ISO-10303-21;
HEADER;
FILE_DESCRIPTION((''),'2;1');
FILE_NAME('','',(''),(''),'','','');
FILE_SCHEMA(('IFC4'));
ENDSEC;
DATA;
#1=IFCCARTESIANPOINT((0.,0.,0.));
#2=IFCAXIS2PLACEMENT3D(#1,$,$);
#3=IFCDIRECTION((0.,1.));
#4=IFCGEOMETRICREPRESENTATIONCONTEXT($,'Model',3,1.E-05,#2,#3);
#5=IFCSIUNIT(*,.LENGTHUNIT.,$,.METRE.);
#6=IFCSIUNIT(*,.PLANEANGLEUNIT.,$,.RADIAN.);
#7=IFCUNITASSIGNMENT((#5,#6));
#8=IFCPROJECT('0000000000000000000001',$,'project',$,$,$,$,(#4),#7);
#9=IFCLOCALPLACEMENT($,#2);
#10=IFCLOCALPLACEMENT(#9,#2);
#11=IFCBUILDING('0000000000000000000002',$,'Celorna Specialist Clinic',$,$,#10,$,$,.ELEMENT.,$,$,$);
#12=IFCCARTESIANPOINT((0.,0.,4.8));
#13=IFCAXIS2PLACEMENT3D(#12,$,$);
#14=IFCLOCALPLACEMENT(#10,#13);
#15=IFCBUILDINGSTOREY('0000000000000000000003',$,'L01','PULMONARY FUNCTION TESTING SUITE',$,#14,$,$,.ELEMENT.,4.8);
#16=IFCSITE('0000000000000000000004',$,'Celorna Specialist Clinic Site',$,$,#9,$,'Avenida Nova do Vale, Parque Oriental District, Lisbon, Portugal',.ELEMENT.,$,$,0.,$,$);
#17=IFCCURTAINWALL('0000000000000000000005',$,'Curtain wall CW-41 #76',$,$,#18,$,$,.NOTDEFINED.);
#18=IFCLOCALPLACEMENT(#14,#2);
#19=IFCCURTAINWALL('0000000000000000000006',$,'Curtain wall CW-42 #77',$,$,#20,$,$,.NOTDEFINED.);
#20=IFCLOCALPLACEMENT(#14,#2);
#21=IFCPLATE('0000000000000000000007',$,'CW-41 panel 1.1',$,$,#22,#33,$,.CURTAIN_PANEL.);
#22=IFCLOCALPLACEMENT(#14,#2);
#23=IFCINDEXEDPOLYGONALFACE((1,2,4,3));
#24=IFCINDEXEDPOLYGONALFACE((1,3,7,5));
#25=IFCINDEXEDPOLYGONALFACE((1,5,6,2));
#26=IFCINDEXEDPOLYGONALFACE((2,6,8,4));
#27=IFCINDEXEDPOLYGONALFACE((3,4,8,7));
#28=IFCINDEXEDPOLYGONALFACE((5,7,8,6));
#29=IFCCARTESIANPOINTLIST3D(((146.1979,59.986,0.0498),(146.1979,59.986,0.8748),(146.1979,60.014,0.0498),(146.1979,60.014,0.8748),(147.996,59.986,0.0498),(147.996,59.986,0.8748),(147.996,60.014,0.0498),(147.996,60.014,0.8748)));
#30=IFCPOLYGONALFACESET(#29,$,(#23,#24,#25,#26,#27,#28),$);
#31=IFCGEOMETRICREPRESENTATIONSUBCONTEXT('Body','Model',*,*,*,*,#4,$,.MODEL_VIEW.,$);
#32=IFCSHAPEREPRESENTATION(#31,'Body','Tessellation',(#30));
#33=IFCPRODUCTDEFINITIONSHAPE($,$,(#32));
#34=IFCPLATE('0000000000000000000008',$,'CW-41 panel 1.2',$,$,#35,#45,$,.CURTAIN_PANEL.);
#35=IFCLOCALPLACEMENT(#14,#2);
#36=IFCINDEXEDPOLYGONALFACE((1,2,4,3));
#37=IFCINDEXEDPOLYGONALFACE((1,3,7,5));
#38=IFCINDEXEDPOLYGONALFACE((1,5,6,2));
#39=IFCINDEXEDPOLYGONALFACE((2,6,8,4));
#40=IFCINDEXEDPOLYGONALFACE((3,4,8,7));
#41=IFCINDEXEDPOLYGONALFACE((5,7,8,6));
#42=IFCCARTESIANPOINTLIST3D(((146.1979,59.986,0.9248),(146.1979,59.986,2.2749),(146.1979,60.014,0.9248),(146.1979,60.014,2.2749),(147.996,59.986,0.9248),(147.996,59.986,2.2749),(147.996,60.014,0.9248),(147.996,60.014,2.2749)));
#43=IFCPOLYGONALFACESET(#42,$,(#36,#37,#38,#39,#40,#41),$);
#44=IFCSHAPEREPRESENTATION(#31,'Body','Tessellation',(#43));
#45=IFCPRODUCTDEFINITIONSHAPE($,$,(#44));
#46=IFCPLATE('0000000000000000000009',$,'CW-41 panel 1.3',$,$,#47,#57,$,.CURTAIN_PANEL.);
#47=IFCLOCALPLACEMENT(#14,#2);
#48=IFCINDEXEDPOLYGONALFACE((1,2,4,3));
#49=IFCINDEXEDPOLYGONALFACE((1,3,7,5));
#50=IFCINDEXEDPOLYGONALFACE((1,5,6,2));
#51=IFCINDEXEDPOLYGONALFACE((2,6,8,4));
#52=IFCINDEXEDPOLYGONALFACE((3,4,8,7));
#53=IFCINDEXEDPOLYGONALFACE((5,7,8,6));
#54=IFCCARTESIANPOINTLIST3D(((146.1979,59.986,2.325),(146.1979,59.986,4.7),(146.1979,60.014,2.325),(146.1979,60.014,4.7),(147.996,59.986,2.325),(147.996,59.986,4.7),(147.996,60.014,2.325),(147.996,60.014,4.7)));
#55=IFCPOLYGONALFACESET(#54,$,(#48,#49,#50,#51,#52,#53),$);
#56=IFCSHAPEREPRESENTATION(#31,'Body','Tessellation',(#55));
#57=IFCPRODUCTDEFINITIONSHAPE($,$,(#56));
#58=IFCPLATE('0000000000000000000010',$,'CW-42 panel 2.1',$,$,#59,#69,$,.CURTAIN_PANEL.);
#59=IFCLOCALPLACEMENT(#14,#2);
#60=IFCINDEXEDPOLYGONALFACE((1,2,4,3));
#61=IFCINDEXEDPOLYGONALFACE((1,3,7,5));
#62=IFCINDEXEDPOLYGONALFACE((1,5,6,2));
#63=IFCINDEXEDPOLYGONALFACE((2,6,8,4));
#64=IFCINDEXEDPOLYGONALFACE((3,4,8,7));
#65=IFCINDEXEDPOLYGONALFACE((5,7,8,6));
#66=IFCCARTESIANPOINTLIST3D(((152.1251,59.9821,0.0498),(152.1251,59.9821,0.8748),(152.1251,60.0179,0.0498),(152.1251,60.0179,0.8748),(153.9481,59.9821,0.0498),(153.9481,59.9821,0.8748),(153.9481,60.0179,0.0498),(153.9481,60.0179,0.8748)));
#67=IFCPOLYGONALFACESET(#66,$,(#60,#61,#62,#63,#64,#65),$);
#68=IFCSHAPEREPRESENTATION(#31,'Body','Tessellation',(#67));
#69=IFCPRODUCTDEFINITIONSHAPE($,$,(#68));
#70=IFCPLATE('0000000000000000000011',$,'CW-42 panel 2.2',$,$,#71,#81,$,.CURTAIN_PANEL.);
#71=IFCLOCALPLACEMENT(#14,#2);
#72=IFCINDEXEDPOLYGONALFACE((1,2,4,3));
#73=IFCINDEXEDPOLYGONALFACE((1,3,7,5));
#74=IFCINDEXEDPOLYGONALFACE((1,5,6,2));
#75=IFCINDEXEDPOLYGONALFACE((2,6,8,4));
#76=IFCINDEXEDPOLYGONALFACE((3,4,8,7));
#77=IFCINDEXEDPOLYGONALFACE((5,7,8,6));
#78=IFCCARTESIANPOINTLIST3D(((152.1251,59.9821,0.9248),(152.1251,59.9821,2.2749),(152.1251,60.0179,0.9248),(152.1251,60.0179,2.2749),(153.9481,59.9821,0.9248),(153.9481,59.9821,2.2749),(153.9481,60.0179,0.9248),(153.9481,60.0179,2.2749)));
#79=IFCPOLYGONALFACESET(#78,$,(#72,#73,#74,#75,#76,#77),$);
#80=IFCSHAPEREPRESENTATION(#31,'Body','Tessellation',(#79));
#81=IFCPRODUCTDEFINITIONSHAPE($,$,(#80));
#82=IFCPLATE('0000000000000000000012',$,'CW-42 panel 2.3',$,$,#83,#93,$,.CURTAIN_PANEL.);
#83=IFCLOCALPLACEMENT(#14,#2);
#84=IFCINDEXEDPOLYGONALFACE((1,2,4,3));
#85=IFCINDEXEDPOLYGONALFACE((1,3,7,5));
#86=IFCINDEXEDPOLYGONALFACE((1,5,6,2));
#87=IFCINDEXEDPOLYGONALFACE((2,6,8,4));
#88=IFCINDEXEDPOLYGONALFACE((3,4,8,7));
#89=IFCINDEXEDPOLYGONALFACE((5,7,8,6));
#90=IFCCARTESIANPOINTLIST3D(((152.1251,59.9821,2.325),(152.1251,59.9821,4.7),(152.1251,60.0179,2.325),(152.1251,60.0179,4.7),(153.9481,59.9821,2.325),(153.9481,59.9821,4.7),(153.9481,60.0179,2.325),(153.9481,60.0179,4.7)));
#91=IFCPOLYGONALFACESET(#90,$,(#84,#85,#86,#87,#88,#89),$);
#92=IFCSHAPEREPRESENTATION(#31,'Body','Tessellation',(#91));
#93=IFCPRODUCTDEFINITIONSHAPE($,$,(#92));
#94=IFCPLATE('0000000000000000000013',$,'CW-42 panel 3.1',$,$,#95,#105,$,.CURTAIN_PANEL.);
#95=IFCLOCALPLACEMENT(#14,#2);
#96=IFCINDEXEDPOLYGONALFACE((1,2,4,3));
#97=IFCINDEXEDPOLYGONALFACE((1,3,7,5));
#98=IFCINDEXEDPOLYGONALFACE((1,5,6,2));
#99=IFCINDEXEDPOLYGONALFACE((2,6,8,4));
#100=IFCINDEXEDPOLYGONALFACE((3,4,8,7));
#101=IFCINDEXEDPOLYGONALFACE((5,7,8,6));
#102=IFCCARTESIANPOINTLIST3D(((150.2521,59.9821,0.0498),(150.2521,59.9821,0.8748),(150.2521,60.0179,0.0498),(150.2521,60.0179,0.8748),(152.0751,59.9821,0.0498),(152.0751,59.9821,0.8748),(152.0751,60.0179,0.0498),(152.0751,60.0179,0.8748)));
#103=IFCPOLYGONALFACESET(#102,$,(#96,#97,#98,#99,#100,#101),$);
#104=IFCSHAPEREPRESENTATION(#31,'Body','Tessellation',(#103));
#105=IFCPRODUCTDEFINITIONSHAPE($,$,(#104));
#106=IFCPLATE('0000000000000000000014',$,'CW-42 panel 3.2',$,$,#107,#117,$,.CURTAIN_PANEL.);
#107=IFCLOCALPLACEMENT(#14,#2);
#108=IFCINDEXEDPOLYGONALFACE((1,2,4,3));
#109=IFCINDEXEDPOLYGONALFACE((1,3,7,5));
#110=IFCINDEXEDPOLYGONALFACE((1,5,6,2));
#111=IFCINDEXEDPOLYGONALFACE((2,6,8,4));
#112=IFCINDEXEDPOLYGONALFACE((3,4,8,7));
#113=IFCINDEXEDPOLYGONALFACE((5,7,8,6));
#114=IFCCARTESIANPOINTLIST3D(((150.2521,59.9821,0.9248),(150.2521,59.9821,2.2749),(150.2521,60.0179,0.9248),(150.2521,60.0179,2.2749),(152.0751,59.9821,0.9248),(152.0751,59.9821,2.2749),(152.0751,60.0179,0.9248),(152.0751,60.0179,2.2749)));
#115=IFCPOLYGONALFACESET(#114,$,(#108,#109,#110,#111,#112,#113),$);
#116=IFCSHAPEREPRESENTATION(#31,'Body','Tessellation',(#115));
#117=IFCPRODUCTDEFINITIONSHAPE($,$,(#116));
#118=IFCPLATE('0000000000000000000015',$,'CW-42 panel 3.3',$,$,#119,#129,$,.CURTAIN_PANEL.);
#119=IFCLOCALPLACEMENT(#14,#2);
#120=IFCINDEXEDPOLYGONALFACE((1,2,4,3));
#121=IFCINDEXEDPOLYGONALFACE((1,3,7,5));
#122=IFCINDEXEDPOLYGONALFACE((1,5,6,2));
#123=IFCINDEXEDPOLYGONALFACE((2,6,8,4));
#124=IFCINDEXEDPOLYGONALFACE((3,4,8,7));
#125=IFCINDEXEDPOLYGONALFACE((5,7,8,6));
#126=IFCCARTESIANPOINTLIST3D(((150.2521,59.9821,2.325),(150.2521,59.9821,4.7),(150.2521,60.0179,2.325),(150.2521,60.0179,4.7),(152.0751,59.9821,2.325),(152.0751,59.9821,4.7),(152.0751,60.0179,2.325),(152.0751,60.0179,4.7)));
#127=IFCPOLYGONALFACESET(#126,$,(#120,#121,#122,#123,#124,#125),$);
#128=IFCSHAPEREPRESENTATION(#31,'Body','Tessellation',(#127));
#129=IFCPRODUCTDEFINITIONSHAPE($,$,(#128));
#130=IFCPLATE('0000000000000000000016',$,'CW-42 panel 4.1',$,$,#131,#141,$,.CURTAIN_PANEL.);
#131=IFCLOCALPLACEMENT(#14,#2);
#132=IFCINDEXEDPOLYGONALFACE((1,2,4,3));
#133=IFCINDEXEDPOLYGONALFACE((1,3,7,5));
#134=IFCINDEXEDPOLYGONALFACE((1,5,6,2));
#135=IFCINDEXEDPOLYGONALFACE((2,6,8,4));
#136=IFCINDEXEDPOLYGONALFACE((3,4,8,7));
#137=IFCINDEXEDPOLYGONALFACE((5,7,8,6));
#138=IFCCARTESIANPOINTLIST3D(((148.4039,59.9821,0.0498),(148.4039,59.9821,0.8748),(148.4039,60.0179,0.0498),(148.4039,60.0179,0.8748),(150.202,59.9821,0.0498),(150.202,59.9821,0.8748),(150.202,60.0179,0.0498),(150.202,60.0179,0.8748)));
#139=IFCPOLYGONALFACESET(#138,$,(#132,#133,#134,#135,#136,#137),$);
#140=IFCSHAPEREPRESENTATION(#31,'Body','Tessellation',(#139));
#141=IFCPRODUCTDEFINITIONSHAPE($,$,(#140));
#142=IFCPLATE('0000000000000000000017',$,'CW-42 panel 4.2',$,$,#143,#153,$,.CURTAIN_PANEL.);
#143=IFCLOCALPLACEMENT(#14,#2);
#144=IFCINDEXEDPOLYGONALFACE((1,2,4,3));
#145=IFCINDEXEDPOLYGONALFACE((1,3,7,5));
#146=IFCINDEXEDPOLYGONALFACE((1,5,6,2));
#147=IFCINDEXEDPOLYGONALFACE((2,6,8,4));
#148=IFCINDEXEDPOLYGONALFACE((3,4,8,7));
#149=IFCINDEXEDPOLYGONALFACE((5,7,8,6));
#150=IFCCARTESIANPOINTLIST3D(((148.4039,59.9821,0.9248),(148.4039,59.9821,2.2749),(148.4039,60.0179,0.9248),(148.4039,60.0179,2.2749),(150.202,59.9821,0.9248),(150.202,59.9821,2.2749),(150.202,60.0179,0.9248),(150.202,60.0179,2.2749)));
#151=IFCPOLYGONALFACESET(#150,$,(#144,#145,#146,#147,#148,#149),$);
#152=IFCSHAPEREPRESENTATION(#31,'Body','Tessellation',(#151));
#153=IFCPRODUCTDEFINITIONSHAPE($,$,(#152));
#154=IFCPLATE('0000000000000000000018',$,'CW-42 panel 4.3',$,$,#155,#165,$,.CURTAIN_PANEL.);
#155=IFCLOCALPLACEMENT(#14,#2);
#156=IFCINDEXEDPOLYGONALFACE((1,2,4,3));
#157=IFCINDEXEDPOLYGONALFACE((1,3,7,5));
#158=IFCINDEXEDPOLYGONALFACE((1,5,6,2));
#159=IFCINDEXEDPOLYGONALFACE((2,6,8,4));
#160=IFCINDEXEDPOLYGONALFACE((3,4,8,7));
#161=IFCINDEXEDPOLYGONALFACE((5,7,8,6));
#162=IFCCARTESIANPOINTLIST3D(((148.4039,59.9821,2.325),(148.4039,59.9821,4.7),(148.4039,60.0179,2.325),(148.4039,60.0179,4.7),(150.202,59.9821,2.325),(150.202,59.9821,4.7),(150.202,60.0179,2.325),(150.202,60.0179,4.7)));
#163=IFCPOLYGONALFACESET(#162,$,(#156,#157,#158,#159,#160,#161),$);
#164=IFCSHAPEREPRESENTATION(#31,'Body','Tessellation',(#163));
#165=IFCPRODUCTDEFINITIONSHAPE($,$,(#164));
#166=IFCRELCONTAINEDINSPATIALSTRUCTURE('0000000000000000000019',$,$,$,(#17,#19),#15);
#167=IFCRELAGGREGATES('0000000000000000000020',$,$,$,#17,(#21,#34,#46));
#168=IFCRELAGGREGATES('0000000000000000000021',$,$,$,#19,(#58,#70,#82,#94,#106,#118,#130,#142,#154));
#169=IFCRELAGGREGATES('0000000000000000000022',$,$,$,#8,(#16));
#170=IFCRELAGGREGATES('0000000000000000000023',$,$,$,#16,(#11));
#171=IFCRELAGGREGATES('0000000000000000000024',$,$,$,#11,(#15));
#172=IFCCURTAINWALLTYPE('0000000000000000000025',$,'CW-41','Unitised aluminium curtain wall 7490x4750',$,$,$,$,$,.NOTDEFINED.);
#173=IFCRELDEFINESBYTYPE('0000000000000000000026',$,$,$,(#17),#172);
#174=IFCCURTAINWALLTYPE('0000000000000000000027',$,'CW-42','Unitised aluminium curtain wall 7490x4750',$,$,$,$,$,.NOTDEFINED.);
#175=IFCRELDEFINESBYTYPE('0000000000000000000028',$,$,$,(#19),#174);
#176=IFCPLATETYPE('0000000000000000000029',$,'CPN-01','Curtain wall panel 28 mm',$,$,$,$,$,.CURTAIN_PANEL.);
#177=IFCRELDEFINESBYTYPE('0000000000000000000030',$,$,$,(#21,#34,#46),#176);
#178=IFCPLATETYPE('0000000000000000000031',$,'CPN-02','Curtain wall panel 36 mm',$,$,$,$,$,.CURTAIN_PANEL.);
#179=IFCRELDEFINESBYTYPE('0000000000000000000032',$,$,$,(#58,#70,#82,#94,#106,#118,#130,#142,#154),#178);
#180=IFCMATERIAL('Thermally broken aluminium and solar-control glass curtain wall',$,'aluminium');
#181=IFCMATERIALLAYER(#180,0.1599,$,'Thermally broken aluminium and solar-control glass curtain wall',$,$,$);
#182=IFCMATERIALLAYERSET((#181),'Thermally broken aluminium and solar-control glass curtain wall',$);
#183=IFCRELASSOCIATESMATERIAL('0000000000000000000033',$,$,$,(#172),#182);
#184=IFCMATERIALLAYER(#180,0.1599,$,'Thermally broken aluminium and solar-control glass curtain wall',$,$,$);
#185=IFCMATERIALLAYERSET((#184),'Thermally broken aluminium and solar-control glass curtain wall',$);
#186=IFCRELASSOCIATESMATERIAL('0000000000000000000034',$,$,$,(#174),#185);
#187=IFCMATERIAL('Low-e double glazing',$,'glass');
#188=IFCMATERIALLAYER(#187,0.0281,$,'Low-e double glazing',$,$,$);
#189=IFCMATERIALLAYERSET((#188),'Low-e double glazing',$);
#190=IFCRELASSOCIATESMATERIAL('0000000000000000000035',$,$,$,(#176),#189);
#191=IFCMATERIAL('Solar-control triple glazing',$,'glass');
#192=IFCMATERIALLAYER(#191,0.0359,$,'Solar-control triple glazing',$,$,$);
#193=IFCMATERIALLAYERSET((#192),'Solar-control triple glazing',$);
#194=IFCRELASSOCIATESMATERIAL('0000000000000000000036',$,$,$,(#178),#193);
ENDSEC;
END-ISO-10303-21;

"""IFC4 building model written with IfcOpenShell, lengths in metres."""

from ifc_helpers import new_model, si_unit, direction, frame, origin, origin_2d, place, context, subcontext, project, spatial, rectangle, extrude, material, layer, layer_set, type_object, element, aggregate, save


model = new_model("IFC4")

# Units and contexts
model_context = context("Model", 3, precision=1e-05, world=origin(), true_north=direction((0.0, 1.0)))
body_context = subcontext(model_context, "Body", "Model", "MODEL_VIEW")
ifc_project = project(units=[si_unit("LENGTHUNIT", "METRE"), si_unit("PLANEANGLEUNIT", "RADIAN")], contexts=[model_context])

# Site, building, storey
site_placement = place(None, origin())
site = spatial("IfcSite", under=ifc_project, at=site_placement, Name="Celorna Specialist Clinic Site", LongName="Avenida Nova do Vale, Parque Oriental District, Lisbon, Portugal", CompositionType="ELEMENT", RefElevation=0.0)
building_placement = place(site_placement, origin())
building = spatial("IfcBuilding", under=site, at=building_placement, Name="Celorna Specialist Clinic", CompositionType="ELEMENT")
storey_placement = place(building_placement, frame((0.0, 0.0, 4.8)))
storey = spatial("IfcBuildingStorey", under=building, at=storey_placement, Name="L01", Description="PULMONARY FUNCTION TESTING SUITE", CompositionType="ELEMENT", Elevation=4.8)

# Curtain walls
ifc_material_1 = material(Name="Thermally broken aluminium and solar-control glass curtain wall", Category="aluminium")
ifc_layer_1 = layer(ifc_material_1, 0.1599, Name="Thermally broken aluminium and solar-control glass curtain wall")
ifc_layer_set_1 = layer_set([ifc_layer_1], Name="Thermally broken aluminium and solar-control glass curtain wall")
curtain_wall_type_1 = type_object("IfcCurtainWallType", Name="CW-41", Description="Unitised aluminium curtain wall 7490x4750", PredefinedType="NOTDEFINED", material=ifc_layer_set_1)
curtain_wall_1_placement = place(storey_placement, origin())
curtain_wall_1 = element("IfcCurtainWall", 1, at=curtain_wall_1_placement, inside=storey, type_object=curtain_wall_type_1, Name="Curtain wall CW-41 #76", PredefinedType="NOTDEFINED")
ifc_layer_2 = layer(ifc_material_1, 0.1599, Name="Thermally broken aluminium and solar-control glass curtain wall")
ifc_layer_set_2 = layer_set([ifc_layer_2], Name="Thermally broken aluminium and solar-control glass curtain wall")
curtain_wall_type_2 = type_object("IfcCurtainWallType", Name="CW-42", Description="Unitised aluminium curtain wall 7490x4750", PredefinedType="NOTDEFINED", material=ifc_layer_set_2)
curtain_wall_2_placement = place(storey_placement, origin())
curtain_wall_2 = element("IfcCurtainWall", 2, at=curtain_wall_2_placement, inside=storey, type_object=curtain_wall_type_2, Name="Curtain wall CW-42 #77", PredefinedType="NOTDEFINED")

# Plates
ifc_material_2 = material(Name="Low-e double glazing", Category="glass")
ifc_layer_3 = layer(ifc_material_2, 0.0281, Name="Low-e double glazing")
ifc_layer_set_3 = layer_set([ifc_layer_3], Name="Low-e double glazing")
plate_type_1 = type_object("IfcPlateType", Name="CPN-01", Description="Curtain wall panel 28 mm", PredefinedType="CURTAIN_PANEL", material=ifc_layer_set_3)
plate_1_placement = place(storey_placement, frame((147.0969, 60.0, 0.0498), z_axis=(0.0, 0.0, 1.0), x_axis=(-1.0, 0.0, 0.0)))
plate_1 = element("IfcPlate", 3, at=plate_1_placement, type_object=plate_type_1, Name="CW-41 panel 1.1", PredefinedType="CURTAIN_PANEL", context=body_context, shape_type="SweptSolid", body=[
    extrude(rectangle(XDim=1.7981, YDim=0.0281, at=origin_2d()), origin(), (0.0, 0.0, 1.0), 0.825),
])
plate_2_placement = place(storey_placement, frame((147.0969, 60.0, 0.9248), z_axis=(0.0, 0.0, 1.0), x_axis=(-1.0, 0.0, 0.0)))
plate_2 = element("IfcPlate", 4, at=plate_2_placement, type_object=plate_type_1, Name="CW-41 panel 1.2", PredefinedType="CURTAIN_PANEL", context=body_context, shape_type="SweptSolid", body=[
    extrude(rectangle(XDim=1.7981, YDim=0.0281, at=origin_2d()), origin(), (0.0, 0.0, 1.0), 1.3501),
])
plate_3_placement = place(storey_placement, frame((147.0969, 60.0, 2.325), z_axis=(0.0, 0.0, 1.0), x_axis=(-1.0, 0.0, 0.0)))
plate_3 = element("IfcPlate", 5, at=plate_3_placement, type_object=plate_type_1, Name="CW-41 panel 1.3", PredefinedType="CURTAIN_PANEL", context=body_context, shape_type="SweptSolid", body=[
    extrude(rectangle(XDim=1.7981, YDim=0.0281, at=origin_2d()), origin(), (0.0, 0.0, 1.0), 2.375),
])
aggregate(curtain_wall_1, [plate_1, plate_2, plate_3])
ifc_material_3 = material(Name="Solar-control triple glazing", Category="glass")
ifc_layer_4 = layer(ifc_material_3, 0.0359, Name="Solar-control triple glazing")
ifc_layer_set_4 = layer_set([ifc_layer_4], Name="Solar-control triple glazing")
plate_type_2 = type_object("IfcPlateType", Name="CPN-02", Description="Curtain wall panel 36 mm", PredefinedType="CURTAIN_PANEL", material=ifc_layer_set_4)
plate_4_placement = place(storey_placement, frame((153.0366, 60.0, 0.0498), z_axis=(0.0, 0.0, 1.0), x_axis=(-1.0, 0.0, 0.0)))
plate_4 = element("IfcPlate", 6, at=plate_4_placement, type_object=plate_type_2, Name="CW-42 panel 2.1", PredefinedType="CURTAIN_PANEL", context=body_context, shape_type="SweptSolid", body=[
    extrude(rectangle(XDim=1.823, YDim=0.0359, at=origin_2d()), origin(), (0.0, 0.0, 1.0), 0.825),
])
plate_5_placement = place(storey_placement, frame((153.0366, 60.0, 0.9248), z_axis=(0.0, 0.0, 1.0), x_axis=(-1.0, 0.0, 0.0)))
plate_5 = element("IfcPlate", 7, at=plate_5_placement, type_object=plate_type_2, Name="CW-42 panel 2.2", PredefinedType="CURTAIN_PANEL", context=body_context, shape_type="SweptSolid", body=[
    extrude(rectangle(XDim=1.823, YDim=0.0359, at=origin_2d()), origin(), (0.0, 0.0, 1.0), 1.3501),
])
plate_6_placement = place(storey_placement, frame((153.0366, 60.0, 2.325), z_axis=(0.0, 0.0, 1.0), x_axis=(-1.0, 0.0, 0.0)))
plate_6 = element("IfcPlate", 8, at=plate_6_placement, type_object=plate_type_2, Name="CW-42 panel 2.3", PredefinedType="CURTAIN_PANEL", context=body_context, shape_type="SweptSolid", body=[
    extrude(rectangle(XDim=1.823, YDim=0.0359, at=origin_2d()), origin(), (0.0, 0.0, 1.0), 2.375),
])
plate_7_placement = place(storey_placement, frame((151.1636, 60.0, 0.0498), z_axis=(0.0, 0.0, 1.0), x_axis=(-1.0, 0.0, 0.0)))
plate_7 = element("IfcPlate", 9, at=plate_7_placement, type_object=plate_type_2, Name="CW-42 panel 3.1", PredefinedType="CURTAIN_PANEL", context=body_context, shape_type="SweptSolid", body=[
    extrude(rectangle(XDim=1.823, YDim=0.0359, at=origin_2d()), origin(), (0.0, 0.0, 1.0), 0.825),
])
plate_8_placement = place(storey_placement, frame((151.1636, 60.0, 0.9248), z_axis=(0.0, 0.0, 1.0), x_axis=(-1.0, 0.0, 0.0)))
plate_8 = element("IfcPlate", 10, at=plate_8_placement, type_object=plate_type_2, Name="CW-42 panel 3.2", PredefinedType="CURTAIN_PANEL", context=body_context, shape_type="SweptSolid", body=[
    extrude(rectangle(XDim=1.823, YDim=0.0359, at=origin_2d()), origin(), (0.0, 0.0, 1.0), 1.3501),
])
plate_9_placement = place(storey_placement, frame((151.1636, 60.0, 2.325), z_axis=(0.0, 0.0, 1.0), x_axis=(-1.0, 0.0, 0.0)))
plate_9 = element("IfcPlate", 11, at=plate_9_placement, type_object=plate_type_2, Name="CW-42 panel 3.3", PredefinedType="CURTAIN_PANEL", context=body_context, shape_type="SweptSolid", body=[
    extrude(rectangle(XDim=1.823, YDim=0.0359, at=origin_2d()), origin(), (0.0, 0.0, 1.0), 2.375),
])
plate_10_placement = place(storey_placement, frame((149.303, 60.0, 0.0498), z_axis=(0.0, 0.0, 1.0), x_axis=(-1.0, 0.0, 0.0)))
plate_10 = element("IfcPlate", 12, at=plate_10_placement, type_object=plate_type_2, Name="CW-42 panel 4.1", PredefinedType="CURTAIN_PANEL", context=body_context, shape_type="SweptSolid", body=[
    extrude(rectangle(XDim=1.7981, YDim=0.0359, at=origin_2d()), origin(), (0.0, 0.0, 1.0), 0.825),
])
plate_11_placement = place(storey_placement, frame((149.303, 60.0, 0.9248), z_axis=(0.0, 0.0, 1.0), x_axis=(-1.0, 0.0, 0.0)))
plate_11 = element("IfcPlate", 13, at=plate_11_placement, type_object=plate_type_2, Name="CW-42 panel 4.2", PredefinedType="CURTAIN_PANEL", context=body_context, shape_type="SweptSolid", body=[
    extrude(rectangle(XDim=1.7981, YDim=0.0359, at=origin_2d()), origin(), (0.0, 0.0, 1.0), 1.3501),
])
plate_12_placement = place(storey_placement, frame((149.303, 60.0, 2.325), z_axis=(0.0, 0.0, 1.0), x_axis=(-1.0, 0.0, 0.0)))
plate_12 = element("IfcPlate", 14, at=plate_12_placement, type_object=plate_type_2, Name="CW-42 panel 4.3", PredefinedType="CURTAIN_PANEL", context=body_context, shape_type="SweptSolid", body=[
    extrude(rectangle(XDim=1.7981, YDim=0.0359, at=origin_2d()), origin(), (0.0, 0.0, 1.0), 2.375),
])
aggregate(curtain_wall_2, [plate_4, plate_5, plate_6, plate_7, plate_8, plate_9, plate_10, plate_11, plate_12])

save(model, "model.ifc")
